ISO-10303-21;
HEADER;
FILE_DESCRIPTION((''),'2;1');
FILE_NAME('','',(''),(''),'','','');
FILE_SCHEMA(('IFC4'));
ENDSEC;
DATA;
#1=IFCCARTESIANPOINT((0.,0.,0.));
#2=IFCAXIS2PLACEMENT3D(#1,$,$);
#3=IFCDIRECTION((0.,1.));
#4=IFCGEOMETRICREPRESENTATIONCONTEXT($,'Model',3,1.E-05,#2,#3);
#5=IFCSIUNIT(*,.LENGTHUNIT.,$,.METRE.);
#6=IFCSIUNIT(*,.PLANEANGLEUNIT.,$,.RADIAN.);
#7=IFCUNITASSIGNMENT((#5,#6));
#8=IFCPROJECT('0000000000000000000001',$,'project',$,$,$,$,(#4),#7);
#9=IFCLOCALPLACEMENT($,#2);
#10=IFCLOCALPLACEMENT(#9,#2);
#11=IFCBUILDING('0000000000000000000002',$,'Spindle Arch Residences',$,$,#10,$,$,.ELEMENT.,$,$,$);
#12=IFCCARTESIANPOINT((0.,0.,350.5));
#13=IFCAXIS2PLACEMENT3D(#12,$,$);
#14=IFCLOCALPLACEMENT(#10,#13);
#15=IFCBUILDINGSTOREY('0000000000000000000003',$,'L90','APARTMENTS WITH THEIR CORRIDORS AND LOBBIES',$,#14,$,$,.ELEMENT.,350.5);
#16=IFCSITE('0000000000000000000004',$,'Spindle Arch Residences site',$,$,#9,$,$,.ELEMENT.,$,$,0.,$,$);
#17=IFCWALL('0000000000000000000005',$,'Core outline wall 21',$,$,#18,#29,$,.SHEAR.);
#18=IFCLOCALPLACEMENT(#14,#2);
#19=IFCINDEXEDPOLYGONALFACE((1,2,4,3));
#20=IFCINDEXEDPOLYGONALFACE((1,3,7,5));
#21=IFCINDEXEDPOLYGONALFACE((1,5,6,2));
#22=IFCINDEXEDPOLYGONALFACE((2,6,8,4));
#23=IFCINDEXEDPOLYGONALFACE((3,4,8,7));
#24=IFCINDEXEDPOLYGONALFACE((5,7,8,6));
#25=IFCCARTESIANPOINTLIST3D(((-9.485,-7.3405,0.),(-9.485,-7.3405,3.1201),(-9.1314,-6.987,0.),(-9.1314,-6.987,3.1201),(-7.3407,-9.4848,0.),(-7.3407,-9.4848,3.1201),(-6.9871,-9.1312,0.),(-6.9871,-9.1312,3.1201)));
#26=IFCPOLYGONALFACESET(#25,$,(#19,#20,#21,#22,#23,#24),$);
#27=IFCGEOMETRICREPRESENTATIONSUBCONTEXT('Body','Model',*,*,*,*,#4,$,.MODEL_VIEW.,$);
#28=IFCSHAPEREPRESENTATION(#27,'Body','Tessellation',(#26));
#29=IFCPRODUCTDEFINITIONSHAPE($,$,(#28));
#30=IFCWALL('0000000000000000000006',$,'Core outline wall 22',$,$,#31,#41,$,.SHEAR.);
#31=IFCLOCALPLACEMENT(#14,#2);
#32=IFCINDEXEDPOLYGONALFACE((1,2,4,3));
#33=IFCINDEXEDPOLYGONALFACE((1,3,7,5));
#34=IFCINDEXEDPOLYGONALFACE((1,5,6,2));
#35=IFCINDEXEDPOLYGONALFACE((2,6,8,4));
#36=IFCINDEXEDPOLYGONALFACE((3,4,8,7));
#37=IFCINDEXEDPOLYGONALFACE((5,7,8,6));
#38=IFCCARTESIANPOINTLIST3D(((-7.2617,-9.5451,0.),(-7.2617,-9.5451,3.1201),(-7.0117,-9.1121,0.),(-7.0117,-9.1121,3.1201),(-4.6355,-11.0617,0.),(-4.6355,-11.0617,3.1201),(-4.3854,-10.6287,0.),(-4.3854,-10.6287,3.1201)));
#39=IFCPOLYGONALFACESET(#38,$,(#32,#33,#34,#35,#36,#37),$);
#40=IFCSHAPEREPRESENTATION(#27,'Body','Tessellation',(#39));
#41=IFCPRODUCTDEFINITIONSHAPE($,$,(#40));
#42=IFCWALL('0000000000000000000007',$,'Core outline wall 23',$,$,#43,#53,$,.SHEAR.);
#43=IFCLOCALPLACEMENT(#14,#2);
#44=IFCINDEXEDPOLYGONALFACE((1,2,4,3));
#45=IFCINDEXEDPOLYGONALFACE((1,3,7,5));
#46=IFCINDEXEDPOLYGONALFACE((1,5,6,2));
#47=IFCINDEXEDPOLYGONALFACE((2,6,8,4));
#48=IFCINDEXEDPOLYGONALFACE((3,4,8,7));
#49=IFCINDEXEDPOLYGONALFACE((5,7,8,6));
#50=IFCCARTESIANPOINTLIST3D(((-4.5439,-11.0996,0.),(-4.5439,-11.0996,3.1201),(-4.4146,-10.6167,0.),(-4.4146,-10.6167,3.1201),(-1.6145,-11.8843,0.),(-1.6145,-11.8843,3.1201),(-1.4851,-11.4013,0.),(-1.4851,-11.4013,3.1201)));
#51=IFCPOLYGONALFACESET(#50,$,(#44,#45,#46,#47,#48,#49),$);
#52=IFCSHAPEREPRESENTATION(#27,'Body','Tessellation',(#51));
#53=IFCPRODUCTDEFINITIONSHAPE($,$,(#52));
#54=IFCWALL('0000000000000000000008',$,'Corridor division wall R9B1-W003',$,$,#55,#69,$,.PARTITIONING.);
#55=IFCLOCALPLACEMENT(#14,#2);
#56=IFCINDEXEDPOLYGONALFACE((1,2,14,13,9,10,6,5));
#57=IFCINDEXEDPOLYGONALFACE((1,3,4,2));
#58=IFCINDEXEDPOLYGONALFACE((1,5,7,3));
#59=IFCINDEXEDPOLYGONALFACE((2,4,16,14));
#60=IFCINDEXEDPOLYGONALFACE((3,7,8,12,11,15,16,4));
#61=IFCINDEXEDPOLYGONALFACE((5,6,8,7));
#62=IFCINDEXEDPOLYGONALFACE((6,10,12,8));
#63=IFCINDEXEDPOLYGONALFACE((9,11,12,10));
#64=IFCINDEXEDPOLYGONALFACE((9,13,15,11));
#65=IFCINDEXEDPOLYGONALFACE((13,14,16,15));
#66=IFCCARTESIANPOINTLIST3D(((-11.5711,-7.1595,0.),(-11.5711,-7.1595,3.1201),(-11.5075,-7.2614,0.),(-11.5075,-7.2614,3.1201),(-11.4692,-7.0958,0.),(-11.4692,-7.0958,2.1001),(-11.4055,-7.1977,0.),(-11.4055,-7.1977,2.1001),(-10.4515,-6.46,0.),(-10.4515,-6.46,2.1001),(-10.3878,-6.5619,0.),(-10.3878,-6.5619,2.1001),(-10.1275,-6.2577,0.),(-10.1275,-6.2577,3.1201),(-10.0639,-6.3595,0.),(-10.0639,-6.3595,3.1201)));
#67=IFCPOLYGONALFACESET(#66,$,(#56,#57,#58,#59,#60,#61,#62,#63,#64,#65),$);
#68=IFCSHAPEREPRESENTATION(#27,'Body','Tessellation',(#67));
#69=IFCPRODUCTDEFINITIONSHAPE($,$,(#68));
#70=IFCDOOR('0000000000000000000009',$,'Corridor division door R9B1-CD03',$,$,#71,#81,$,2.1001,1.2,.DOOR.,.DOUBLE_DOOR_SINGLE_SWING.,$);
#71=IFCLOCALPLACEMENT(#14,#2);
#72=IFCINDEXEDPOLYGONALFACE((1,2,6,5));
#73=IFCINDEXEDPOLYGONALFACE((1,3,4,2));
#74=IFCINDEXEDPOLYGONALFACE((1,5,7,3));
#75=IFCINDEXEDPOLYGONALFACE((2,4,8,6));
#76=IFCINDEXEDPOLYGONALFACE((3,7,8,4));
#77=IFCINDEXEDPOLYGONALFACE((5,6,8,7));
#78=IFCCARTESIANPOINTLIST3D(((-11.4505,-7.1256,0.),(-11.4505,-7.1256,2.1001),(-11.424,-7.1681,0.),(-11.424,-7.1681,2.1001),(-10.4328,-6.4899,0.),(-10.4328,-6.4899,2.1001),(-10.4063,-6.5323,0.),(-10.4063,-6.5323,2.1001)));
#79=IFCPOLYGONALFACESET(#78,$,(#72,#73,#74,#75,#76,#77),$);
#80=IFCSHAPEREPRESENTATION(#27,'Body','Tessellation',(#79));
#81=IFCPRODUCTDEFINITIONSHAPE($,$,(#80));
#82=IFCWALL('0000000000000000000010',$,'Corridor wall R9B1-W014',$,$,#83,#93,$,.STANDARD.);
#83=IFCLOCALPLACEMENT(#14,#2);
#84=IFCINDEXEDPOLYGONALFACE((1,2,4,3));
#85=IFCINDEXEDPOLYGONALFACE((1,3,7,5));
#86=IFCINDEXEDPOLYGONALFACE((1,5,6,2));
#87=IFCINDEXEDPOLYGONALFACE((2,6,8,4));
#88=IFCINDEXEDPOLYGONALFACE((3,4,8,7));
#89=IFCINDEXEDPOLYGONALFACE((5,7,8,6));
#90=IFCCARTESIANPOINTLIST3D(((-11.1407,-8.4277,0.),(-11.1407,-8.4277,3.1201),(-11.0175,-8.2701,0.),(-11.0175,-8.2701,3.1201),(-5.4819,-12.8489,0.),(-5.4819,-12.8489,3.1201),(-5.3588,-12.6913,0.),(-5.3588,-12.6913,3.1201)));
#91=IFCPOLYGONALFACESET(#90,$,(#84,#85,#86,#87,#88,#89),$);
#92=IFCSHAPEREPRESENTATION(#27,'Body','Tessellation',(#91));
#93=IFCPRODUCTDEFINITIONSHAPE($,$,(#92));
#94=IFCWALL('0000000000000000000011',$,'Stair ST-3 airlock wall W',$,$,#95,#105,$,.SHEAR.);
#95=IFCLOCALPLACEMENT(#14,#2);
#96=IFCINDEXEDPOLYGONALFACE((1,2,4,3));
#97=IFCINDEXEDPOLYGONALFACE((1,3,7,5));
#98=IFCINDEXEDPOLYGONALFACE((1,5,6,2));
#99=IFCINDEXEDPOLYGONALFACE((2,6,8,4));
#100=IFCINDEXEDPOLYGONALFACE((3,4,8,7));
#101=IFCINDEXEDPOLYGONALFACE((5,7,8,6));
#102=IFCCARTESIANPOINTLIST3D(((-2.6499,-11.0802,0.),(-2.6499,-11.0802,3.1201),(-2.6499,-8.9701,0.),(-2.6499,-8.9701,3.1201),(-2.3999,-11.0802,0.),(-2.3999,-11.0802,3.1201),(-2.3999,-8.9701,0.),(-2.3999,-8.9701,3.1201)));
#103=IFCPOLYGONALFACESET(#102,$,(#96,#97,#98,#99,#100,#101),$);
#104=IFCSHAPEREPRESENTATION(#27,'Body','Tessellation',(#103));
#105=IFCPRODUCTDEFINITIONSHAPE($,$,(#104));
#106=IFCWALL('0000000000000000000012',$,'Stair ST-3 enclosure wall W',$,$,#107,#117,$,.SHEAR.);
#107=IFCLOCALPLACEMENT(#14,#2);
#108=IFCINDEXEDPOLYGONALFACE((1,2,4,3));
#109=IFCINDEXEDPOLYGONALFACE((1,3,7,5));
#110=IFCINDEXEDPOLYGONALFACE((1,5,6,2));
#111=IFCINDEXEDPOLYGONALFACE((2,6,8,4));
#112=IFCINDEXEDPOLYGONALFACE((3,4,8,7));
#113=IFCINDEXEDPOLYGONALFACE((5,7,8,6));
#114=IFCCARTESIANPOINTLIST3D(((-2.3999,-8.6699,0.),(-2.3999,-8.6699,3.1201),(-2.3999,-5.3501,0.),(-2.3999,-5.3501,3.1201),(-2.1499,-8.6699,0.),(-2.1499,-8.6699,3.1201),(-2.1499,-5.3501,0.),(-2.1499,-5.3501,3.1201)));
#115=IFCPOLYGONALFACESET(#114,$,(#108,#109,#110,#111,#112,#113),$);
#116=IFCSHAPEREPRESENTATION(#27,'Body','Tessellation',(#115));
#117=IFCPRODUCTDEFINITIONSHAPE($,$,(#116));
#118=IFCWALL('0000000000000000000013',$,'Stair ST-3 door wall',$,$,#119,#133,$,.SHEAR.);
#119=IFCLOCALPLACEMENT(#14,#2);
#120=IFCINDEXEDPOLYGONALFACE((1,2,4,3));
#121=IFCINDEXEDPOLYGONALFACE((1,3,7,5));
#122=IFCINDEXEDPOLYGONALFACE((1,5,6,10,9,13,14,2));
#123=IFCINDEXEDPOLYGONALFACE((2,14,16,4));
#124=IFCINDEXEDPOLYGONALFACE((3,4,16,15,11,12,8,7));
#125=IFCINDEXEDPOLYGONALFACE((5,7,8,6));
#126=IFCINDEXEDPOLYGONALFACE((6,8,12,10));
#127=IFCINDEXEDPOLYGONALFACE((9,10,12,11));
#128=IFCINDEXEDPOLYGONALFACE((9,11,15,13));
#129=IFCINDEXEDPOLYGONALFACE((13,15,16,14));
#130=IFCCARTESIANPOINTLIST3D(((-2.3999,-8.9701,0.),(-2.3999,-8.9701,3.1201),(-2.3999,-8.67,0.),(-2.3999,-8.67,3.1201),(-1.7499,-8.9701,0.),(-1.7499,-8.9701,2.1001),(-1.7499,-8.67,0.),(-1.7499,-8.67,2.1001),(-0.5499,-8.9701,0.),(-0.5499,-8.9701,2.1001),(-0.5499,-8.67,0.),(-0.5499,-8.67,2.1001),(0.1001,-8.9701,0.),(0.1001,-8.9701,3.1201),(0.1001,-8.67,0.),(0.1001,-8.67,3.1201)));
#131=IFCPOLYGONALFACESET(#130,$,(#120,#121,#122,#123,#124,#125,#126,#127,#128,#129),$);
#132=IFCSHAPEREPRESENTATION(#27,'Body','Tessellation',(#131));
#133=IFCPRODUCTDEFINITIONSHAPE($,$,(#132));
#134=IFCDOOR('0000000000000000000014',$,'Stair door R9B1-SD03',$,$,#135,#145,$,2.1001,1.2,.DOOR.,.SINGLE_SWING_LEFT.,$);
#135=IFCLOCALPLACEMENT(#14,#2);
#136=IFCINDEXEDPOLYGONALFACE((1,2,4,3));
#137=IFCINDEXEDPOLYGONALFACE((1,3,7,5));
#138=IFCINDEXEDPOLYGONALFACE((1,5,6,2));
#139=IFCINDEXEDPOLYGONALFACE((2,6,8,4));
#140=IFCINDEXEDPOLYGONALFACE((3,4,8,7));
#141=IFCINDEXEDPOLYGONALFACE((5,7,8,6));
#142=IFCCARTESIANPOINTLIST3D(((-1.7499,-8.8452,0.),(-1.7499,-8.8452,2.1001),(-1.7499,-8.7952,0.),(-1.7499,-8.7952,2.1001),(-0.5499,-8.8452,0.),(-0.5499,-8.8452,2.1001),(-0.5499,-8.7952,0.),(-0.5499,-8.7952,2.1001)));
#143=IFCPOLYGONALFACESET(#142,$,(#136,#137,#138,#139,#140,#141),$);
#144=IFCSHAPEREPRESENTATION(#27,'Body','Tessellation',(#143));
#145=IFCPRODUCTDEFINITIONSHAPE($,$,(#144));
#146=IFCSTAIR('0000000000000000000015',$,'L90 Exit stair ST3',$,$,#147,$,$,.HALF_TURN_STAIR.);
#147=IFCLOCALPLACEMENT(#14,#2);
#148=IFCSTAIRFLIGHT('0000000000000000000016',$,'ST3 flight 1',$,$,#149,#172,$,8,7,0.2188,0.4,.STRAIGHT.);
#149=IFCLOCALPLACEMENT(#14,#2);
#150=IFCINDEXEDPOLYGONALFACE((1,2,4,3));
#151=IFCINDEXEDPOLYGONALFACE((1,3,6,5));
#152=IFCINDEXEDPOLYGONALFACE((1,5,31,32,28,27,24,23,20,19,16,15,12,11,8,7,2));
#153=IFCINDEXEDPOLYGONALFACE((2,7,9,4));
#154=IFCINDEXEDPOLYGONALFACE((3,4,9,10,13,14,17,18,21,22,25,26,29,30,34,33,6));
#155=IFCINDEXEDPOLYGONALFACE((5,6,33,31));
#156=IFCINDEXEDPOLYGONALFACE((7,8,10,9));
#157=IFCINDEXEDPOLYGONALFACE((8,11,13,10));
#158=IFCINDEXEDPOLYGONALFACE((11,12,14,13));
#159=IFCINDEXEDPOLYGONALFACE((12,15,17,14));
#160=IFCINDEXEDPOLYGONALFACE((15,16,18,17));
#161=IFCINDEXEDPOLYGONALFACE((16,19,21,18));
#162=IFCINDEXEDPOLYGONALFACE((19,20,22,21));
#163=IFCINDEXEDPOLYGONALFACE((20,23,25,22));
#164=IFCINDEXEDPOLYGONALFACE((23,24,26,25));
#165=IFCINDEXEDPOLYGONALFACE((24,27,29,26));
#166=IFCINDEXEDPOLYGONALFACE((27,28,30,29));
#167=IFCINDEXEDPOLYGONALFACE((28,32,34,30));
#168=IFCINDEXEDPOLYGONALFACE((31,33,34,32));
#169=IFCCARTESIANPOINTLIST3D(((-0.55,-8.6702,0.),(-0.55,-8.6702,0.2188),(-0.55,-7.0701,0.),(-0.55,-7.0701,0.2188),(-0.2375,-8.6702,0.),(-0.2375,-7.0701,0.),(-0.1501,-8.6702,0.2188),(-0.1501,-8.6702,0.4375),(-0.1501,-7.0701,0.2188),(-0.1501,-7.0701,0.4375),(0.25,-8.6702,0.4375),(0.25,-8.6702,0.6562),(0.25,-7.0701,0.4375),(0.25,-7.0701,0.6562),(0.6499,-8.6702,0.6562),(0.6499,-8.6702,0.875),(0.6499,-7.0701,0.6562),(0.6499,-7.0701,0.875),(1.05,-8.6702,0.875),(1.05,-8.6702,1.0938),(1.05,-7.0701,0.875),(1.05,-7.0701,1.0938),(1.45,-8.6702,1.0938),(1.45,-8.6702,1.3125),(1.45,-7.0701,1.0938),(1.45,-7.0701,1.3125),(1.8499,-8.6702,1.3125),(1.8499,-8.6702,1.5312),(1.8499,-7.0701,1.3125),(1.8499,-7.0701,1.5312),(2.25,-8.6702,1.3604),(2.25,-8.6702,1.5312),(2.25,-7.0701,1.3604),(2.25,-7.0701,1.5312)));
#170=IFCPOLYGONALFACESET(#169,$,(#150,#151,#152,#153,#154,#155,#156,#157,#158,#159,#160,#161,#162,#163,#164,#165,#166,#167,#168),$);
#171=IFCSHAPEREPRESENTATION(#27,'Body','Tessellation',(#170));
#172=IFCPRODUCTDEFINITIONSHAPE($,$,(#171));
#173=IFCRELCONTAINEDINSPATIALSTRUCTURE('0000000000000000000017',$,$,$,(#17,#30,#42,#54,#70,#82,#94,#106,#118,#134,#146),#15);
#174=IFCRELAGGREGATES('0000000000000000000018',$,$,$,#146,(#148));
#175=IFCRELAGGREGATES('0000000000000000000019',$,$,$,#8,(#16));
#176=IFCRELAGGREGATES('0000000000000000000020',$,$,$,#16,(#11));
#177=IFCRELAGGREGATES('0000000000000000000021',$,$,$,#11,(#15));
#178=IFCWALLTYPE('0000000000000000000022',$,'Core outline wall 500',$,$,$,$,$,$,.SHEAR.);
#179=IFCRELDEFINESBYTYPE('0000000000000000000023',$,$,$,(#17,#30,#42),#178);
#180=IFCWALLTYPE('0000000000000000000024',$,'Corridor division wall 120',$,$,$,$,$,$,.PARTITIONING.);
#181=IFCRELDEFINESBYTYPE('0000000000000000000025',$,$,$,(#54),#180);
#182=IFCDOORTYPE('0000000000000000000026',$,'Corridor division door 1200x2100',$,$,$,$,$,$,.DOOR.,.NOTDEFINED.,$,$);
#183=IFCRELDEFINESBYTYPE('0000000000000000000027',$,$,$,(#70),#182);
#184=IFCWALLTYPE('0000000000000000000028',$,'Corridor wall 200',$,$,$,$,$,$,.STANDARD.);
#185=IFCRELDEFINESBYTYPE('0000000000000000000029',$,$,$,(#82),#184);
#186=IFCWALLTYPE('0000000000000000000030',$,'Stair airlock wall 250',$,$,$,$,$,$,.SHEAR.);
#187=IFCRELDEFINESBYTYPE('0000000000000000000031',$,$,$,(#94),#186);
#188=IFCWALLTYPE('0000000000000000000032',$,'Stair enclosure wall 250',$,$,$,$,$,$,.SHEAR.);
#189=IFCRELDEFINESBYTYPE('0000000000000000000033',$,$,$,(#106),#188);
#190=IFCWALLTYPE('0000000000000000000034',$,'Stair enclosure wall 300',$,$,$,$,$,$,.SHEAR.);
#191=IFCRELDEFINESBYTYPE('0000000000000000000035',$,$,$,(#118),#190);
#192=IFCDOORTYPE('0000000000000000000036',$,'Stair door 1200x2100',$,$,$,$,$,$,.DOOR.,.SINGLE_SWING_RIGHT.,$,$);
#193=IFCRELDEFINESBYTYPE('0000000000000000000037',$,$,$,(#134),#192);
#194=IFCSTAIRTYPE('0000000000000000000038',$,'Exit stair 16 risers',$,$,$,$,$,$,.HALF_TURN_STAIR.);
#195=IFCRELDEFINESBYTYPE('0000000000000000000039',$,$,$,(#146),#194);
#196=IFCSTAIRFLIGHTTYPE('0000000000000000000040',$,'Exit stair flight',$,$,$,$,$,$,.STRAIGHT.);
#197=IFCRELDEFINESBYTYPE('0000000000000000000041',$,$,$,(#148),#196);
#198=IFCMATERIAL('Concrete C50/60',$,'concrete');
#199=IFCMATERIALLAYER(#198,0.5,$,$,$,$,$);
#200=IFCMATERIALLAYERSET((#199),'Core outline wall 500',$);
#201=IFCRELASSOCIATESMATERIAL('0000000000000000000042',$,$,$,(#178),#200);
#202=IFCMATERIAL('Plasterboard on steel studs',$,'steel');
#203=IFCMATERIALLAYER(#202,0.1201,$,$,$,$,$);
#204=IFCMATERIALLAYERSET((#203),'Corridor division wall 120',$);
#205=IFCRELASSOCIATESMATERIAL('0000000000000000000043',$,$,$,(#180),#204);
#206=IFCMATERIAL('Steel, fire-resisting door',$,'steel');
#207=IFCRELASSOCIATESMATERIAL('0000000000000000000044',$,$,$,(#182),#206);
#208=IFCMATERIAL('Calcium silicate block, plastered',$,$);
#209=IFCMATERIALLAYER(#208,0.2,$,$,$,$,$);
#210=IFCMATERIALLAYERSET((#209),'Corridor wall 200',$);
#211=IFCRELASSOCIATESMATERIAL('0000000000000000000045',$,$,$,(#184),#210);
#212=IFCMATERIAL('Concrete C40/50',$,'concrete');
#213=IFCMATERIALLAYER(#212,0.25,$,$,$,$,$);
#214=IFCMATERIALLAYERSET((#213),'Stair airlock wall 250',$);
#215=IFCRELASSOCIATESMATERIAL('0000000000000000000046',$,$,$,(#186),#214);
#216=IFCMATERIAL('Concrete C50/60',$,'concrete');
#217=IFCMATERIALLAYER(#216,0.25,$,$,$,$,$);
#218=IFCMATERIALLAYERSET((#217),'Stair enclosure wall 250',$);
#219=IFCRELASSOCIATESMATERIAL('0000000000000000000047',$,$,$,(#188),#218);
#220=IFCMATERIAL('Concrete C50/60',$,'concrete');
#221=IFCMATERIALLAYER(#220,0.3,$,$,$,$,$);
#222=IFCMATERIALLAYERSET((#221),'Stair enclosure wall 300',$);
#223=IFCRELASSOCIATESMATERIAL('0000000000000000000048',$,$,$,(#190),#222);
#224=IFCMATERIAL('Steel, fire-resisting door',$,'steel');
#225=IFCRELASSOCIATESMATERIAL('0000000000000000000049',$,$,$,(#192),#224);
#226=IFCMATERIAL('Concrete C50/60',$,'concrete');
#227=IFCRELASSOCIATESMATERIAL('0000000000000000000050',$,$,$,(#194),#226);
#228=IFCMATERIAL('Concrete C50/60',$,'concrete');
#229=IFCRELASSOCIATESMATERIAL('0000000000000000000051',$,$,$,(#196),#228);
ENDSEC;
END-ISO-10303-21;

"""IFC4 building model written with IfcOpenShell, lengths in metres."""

from ifc_helpers import new_model, si_unit, direction, frame, frame_2d, origin, place, context, subcontext, project, spatial, polyline, rectangle, outline, extrude, material, layer, layer_set, type_object, element, fill, aggregate, save


model = new_model("IFC4")

# Units and contexts
model_context = context("Model", 3, precision=1e-05, world=origin(), true_north=direction((0.0, 1.0)))
body_context = subcontext(model_context, "Body", "Model", "MODEL_VIEW")
ifc_project = project(units=[si_unit("LENGTHUNIT", "METRE"), si_unit("PLANEANGLEUNIT", "RADIAN")], contexts=[model_context])

# Site, building, storey
site_placement = place(None, origin())
site = spatial("IfcSite", under=ifc_project, at=site_placement, Name="Spindle Arch Residences site", CompositionType="ELEMENT", RefElevation=0.0)
building_placement = place(site_placement, origin())
building = spatial("IfcBuilding", under=site, at=building_placement, Name="Spindle Arch Residences", CompositionType="ELEMENT")
storey_placement = place(building_placement, frame((0.0, 0.0, 350.5)))
storey = spatial("IfcBuildingStorey", under=building, at=storey_placement, Name="L90", Description="APARTMENTS WITH THEIR CORRIDORS AND LOBBIES", CompositionType="ELEMENT", Elevation=350.5)

# Walls
ifc_material_1 = material(Name="Concrete C50/60", Category="concrete")
ifc_layer_1 = layer(ifc_material_1, 0.5)
ifc_layer_set_1 = layer_set([ifc_layer_1], Name="Core outline wall 500")
wall_type_1 = type_object("IfcWallType", Name="Core outline wall 500", PredefinedType="SHEAR", material=ifc_layer_set_1)
wall_1_placement = place(storey_placement, frame((-9.3081, -7.1638, 0.0), z_axis=(0.0, 0.0, 1.0), x_axis=(0.707107, -0.707107, 0.0)))
element("IfcWall", 1, at=wall_1_placement, inside=storey, type_object=wall_type_1, Name="Core outline wall 21", PredefinedType="SHEAR", context=body_context, shape_type="SweptSolid", body=[
    extrude(rectangle(XDim=3.0325, YDim=0.5, at=frame_2d((1.5161, 0.0))), origin(), (0.0, 0.0, 1.0), 3.1201),
])
for number, where, z_axis, x_axis, name in (
    (2, (-7.1367, -9.3286, 0.0), (0.0, 0.0, 1.0), (0.865975, -0.500087, 0.0), "Core outline wall 22"),
    (3, (-4.4792, -10.8582, 0.0), (0.0, 0.0, 1.0), (0.965948, -0.258735, 0.0), "Core outline wall 23"),
):
    element("IfcWall", number, at=place(storey_placement, frame(where, z_axis=z_axis, x_axis=x_axis)), inside=storey, type_object=wall_type_1, Name=name, PredefinedType="SHEAR", context=body_context, shape_type="SweptSolid", body=[
        extrude(rectangle(XDim=3.0327, YDim=0.5, at=frame_2d((1.5164, 0.0))), origin(), (0.0, 0.0, 1.0), 3.1201),
    ])

# Wall, opening, door
ifc_material_2 = material(Name="Plasterboard on steel studs", Category="steel")
ifc_layer_2 = layer(ifc_material_2, 0.1201)
ifc_layer_set_2 = layer_set([ifc_layer_2], Name="Corridor division wall 120")
wall_type_2 = type_object("IfcWallType", Name="Corridor division wall 120", PredefinedType="PARTITIONING", material=ifc_layer_set_2)
wall_2_placement = place(storey_placement, frame((-11.5393, -7.2104, 0.0), z_axis=(0.0, 0.0, 1.0), x_axis=(0.848103, 0.529831, 0.0)))
wall_2 = element("IfcWall", 4, at=wall_2_placement, inside=storey, type_object=wall_type_2, Name="Corridor division wall R9B1-W003", PredefinedType="PARTITIONING", context=body_context, shape_type="SweptSolid", body=[
    extrude(rectangle(XDim=1.7021, YDim=0.1201, at=frame_2d((0.8511, 0.0))), origin(), (0.0, 0.0, 1.0), 3.1201),
])
opening_1_placement = place(wall_2_placement, frame((0.1201, 0.0, 0.0)))
opening_1 = element("IfcOpeningElement", 5, at=opening_1_placement, cuts=wall_2, PredefinedType="OPENING", context=body_context, shape_type="SweptSolid", body=[
    extrude(rectangle(XDim=1.2, YDim=2.1001, at=frame_2d((0.6001, 1.05))), frame((0.0, 0.0701, 0.0), z_axis=(0.0, -1.0, 0.0), x_axis=(1.0, 0.0, 0.0)), (0.0, 0.0, 1.0), 0.1401),
])
ifc_material_3 = material(Name="Steel, fire-resisting door", Category="steel")
door_type_1 = type_object("IfcDoorType", Name="Corridor division door 1200x2100", OperationType="NOTDEFINED", PredefinedType="DOOR", material=ifc_material_3)
door_1_placement = place(opening_1_placement, origin())
door_1 = element("IfcDoor", 6, at=door_1_placement, inside=storey, type_object=door_type_1, Name="Corridor division door R9B1-CD03", OperationType="DOUBLE_DOOR_SINGLE_SWING", OverallHeight=2.1001, OverallWidth=1.2, PredefinedType="DOOR", context=body_context, shape_type="SweptSolid", body=[
    extrude(rectangle(XDim=1.2, YDim=2.1001, at=frame_2d((0.6001, 1.05))), frame((0.0, 0.0249, 0.0), z_axis=(0.0, -1.0, 0.0), x_axis=(1.0, 0.0, 0.0)), (0.0, 0.0, 1.0), 0.05),
])
fill(opening_1, door_1)

# Walls
ifc_material_4 = material(Name="Calcium silicate block, plastered")
ifc_layer_3 = layer(ifc_material_4, 0.2)
ifc_layer_set_3 = layer_set([ifc_layer_3], Name="Corridor wall 200")
wall_type_3 = type_object("IfcWallType", Name="Corridor wall 200", PredefinedType="STANDARD", material=ifc_layer_set_3)
wall_3_placement = place(storey_placement, frame((-11.0791, -8.3489, 0.0), z_axis=(0.0, 0.0, 1.0), x_axis=(0.788005, -0.615669, 0.0)))
element("IfcWall", 7, at=wall_3_placement, inside=storey, type_object=wall_type_3, Name="Corridor wall R9B1-W014", PredefinedType="STANDARD", context=body_context, shape_type="SweptSolid", body=[
    extrude(rectangle(XDim=7.1812, YDim=0.2, at=frame_2d((3.5906, 0.0))), origin(), (0.0, 0.0, 1.0), 3.1201),
])
ifc_material_5 = material(Name="Concrete C40/50", Category="concrete")
ifc_layer_4 = layer(ifc_material_5, 0.25)
ifc_layer_set_4 = layer_set([ifc_layer_4], Name="Stair airlock wall 250")
wall_type_4 = type_object("IfcWallType", Name="Stair airlock wall 250", PredefinedType="SHEAR", material=ifc_layer_set_4)
wall_4_placement = place(storey_placement, frame((-2.5249, -8.97, 0.0), z_axis=(0.0, 0.0, 1.0), x_axis=(0.0, -1.0, 0.0)))
element("IfcWall", 8, at=wall_4_placement, inside=storey, type_object=wall_type_4, Name="Stair ST-3 airlock wall W", PredefinedType="SHEAR", context=body_context, shape_type="SweptSolid", body=[
    extrude(rectangle(XDim=2.1101, YDim=0.25, at=frame_2d((1.0552, 0.0))), origin(), (0.0, 0.0, 1.0), 3.1201),
])
ifc_material_6 = material(Name="Concrete C50/60", Category="concrete")
ifc_layer_5 = layer(ifc_material_6, 0.25)
ifc_layer_set_5 = layer_set([ifc_layer_5], Name="Stair enclosure wall 250")
wall_type_5 = type_object("IfcWallType", Name="Stair enclosure wall 250", PredefinedType="SHEAR", material=ifc_layer_set_5)
wall_5_placement = place(storey_placement, frame((-2.2749, -8.6699, 0.0), z_axis=(0.0, 0.0, 1.0), x_axis=(0.0, 1.0, 0.0)))
element("IfcWall", 9, at=wall_5_placement, inside=storey, type_object=wall_type_5, Name="Stair ST-3 enclosure wall W", PredefinedType="SHEAR", context=body_context, shape_type="SweptSolid", body=[
    extrude(rectangle(XDim=3.3198, YDim=0.25, at=frame_2d((1.6599, 0.0))), origin(), (0.0, 0.0, 1.0), 3.1201),
])

# Wall, opening, door
ifc_material_7 = material(Name="Concrete C50/60", Category="concrete")
ifc_layer_6 = layer(ifc_material_7, 0.3)
ifc_layer_set_6 = layer_set([ifc_layer_6], Name="Stair enclosure wall 300")
wall_type_6 = type_object("IfcWallType", Name="Stair enclosure wall 300", PredefinedType="SHEAR", material=ifc_layer_set_6)
wall_6_placement = place(storey_placement, frame((-2.3999, -8.8201, 0.0), z_axis=(0.0, 0.0, 1.0), x_axis=(1.0, 0.0, 0.0)))
wall_6 = element("IfcWall", 10, at=wall_6_placement, inside=storey, type_object=wall_type_6, Name="Stair ST-3 door wall", PredefinedType="SHEAR", context=body_context, shape_type="SweptSolid", body=[
    extrude(rectangle(XDim=2.5, YDim=0.3, at=frame_2d((1.25, 0.0))), origin(), (0.0, 0.0, 1.0), 3.1201),
])
opening_2_placement = place(wall_6_placement, frame((0.6499, 0.0, 0.0)))
opening_2 = element("IfcOpeningElement", 11, at=opening_2_placement, cuts=wall_6, PredefinedType="OPENING", context=body_context, shape_type="SweptSolid", body=[
    extrude(rectangle(XDim=1.2, YDim=2.1001, at=frame_2d((0.6001, 1.05))), frame((0.0, 0.1602, 0.0), z_axis=(0.0, -1.0, 0.0), x_axis=(1.0, 0.0, 0.0)), (0.0, 0.0, 1.0), 0.3201),
])
ifc_material_8 = material(Name="Steel, fire-resisting door", Category="steel")
door_type_2 = type_object("IfcDoorType", Name="Stair door 1200x2100", OperationType="SINGLE_SWING_RIGHT", PredefinedType="DOOR", material=ifc_material_8)
door_2_placement = place(opening_2_placement, origin())
door_2 = element("IfcDoor", 12, at=door_2_placement, inside=storey, type_object=door_type_2, Name="Stair door R9B1-SD03", OperationType="SINGLE_SWING_LEFT", OverallHeight=2.1001, OverallWidth=1.2, PredefinedType="DOOR", context=body_context, shape_type="SweptSolid", body=[
    extrude(rectangle(XDim=1.2, YDim=2.1001, at=frame_2d((0.6001, 1.05))), frame((0.0, 0.0249, 0.0), z_axis=(0.0, -1.0, 0.0), x_axis=(1.0, 0.0, 0.0)), (0.0, 0.0, 1.0), 0.05),
])
fill(opening_2, door_2)

# Stair, stair flight
ifc_material_9 = material(Name="Concrete C50/60", Category="concrete")
stair_type = type_object("IfcStairType", Name="Exit stair 16 risers", PredefinedType="HALF_TURN_STAIR", material=ifc_material_9)
stair_placement = place(storey_placement, origin())
stair = element("IfcStair", 13, at=stair_placement, inside=storey, type_object=stair_type, Name="L90 Exit stair ST3", PredefinedType="HALF_TURN_STAIR")
ifc_material_10 = material(Name="Concrete C50/60", Category="concrete")
stair_flight_type = type_object("IfcStairFlightType", Name="Exit stair flight", PredefinedType="STRAIGHT", material=ifc_material_10)
stair_flight_placement = place(storey_placement, frame((-0.55, -7.8701, 0.0), z_axis=(0.0, 0.0, 1.0), x_axis=(1.0, 0.0, 0.0)))
stair_flight = element("IfcStairFlight", 14, at=stair_flight_placement, type_object=stair_flight_type, Name="ST3 flight 1", NumberOfRisers=8, NumberOfTreads=7, PredefinedType="STRAIGHT", RiserHeight=0.2188, TreadLength=0.4, context=body_context, shape_type="SweptSolid", body=[
    extrude(outline(polyline([(0.0, 0.0), (0.0, 0.2188), (0.3999, 0.2188), (0.3999, 0.4375), (0.8, 0.4375), (0.8, 0.6562), (1.2, 0.6562), (1.2, 0.875), (1.6001, 0.875), (1.6001, 1.0938), (2.0, 1.0938), (2.0, 1.3125), (2.3999, 1.3125), (2.3999, 1.5312), (2.8, 1.5312), (2.8, 1.75), (2.8, 1.3604), (0.3125, 0.0), (0.0, 0.0)])), frame((0.0, 0.8, 0.0), z_axis=(0.0, -1.0, 0.0), x_axis=(1.0, 0.0, 0.0)), (0.0, 0.0, 1.0), 1.6001),
])
aggregate(stair, [stair_flight])

save(model, "model.ifc")
